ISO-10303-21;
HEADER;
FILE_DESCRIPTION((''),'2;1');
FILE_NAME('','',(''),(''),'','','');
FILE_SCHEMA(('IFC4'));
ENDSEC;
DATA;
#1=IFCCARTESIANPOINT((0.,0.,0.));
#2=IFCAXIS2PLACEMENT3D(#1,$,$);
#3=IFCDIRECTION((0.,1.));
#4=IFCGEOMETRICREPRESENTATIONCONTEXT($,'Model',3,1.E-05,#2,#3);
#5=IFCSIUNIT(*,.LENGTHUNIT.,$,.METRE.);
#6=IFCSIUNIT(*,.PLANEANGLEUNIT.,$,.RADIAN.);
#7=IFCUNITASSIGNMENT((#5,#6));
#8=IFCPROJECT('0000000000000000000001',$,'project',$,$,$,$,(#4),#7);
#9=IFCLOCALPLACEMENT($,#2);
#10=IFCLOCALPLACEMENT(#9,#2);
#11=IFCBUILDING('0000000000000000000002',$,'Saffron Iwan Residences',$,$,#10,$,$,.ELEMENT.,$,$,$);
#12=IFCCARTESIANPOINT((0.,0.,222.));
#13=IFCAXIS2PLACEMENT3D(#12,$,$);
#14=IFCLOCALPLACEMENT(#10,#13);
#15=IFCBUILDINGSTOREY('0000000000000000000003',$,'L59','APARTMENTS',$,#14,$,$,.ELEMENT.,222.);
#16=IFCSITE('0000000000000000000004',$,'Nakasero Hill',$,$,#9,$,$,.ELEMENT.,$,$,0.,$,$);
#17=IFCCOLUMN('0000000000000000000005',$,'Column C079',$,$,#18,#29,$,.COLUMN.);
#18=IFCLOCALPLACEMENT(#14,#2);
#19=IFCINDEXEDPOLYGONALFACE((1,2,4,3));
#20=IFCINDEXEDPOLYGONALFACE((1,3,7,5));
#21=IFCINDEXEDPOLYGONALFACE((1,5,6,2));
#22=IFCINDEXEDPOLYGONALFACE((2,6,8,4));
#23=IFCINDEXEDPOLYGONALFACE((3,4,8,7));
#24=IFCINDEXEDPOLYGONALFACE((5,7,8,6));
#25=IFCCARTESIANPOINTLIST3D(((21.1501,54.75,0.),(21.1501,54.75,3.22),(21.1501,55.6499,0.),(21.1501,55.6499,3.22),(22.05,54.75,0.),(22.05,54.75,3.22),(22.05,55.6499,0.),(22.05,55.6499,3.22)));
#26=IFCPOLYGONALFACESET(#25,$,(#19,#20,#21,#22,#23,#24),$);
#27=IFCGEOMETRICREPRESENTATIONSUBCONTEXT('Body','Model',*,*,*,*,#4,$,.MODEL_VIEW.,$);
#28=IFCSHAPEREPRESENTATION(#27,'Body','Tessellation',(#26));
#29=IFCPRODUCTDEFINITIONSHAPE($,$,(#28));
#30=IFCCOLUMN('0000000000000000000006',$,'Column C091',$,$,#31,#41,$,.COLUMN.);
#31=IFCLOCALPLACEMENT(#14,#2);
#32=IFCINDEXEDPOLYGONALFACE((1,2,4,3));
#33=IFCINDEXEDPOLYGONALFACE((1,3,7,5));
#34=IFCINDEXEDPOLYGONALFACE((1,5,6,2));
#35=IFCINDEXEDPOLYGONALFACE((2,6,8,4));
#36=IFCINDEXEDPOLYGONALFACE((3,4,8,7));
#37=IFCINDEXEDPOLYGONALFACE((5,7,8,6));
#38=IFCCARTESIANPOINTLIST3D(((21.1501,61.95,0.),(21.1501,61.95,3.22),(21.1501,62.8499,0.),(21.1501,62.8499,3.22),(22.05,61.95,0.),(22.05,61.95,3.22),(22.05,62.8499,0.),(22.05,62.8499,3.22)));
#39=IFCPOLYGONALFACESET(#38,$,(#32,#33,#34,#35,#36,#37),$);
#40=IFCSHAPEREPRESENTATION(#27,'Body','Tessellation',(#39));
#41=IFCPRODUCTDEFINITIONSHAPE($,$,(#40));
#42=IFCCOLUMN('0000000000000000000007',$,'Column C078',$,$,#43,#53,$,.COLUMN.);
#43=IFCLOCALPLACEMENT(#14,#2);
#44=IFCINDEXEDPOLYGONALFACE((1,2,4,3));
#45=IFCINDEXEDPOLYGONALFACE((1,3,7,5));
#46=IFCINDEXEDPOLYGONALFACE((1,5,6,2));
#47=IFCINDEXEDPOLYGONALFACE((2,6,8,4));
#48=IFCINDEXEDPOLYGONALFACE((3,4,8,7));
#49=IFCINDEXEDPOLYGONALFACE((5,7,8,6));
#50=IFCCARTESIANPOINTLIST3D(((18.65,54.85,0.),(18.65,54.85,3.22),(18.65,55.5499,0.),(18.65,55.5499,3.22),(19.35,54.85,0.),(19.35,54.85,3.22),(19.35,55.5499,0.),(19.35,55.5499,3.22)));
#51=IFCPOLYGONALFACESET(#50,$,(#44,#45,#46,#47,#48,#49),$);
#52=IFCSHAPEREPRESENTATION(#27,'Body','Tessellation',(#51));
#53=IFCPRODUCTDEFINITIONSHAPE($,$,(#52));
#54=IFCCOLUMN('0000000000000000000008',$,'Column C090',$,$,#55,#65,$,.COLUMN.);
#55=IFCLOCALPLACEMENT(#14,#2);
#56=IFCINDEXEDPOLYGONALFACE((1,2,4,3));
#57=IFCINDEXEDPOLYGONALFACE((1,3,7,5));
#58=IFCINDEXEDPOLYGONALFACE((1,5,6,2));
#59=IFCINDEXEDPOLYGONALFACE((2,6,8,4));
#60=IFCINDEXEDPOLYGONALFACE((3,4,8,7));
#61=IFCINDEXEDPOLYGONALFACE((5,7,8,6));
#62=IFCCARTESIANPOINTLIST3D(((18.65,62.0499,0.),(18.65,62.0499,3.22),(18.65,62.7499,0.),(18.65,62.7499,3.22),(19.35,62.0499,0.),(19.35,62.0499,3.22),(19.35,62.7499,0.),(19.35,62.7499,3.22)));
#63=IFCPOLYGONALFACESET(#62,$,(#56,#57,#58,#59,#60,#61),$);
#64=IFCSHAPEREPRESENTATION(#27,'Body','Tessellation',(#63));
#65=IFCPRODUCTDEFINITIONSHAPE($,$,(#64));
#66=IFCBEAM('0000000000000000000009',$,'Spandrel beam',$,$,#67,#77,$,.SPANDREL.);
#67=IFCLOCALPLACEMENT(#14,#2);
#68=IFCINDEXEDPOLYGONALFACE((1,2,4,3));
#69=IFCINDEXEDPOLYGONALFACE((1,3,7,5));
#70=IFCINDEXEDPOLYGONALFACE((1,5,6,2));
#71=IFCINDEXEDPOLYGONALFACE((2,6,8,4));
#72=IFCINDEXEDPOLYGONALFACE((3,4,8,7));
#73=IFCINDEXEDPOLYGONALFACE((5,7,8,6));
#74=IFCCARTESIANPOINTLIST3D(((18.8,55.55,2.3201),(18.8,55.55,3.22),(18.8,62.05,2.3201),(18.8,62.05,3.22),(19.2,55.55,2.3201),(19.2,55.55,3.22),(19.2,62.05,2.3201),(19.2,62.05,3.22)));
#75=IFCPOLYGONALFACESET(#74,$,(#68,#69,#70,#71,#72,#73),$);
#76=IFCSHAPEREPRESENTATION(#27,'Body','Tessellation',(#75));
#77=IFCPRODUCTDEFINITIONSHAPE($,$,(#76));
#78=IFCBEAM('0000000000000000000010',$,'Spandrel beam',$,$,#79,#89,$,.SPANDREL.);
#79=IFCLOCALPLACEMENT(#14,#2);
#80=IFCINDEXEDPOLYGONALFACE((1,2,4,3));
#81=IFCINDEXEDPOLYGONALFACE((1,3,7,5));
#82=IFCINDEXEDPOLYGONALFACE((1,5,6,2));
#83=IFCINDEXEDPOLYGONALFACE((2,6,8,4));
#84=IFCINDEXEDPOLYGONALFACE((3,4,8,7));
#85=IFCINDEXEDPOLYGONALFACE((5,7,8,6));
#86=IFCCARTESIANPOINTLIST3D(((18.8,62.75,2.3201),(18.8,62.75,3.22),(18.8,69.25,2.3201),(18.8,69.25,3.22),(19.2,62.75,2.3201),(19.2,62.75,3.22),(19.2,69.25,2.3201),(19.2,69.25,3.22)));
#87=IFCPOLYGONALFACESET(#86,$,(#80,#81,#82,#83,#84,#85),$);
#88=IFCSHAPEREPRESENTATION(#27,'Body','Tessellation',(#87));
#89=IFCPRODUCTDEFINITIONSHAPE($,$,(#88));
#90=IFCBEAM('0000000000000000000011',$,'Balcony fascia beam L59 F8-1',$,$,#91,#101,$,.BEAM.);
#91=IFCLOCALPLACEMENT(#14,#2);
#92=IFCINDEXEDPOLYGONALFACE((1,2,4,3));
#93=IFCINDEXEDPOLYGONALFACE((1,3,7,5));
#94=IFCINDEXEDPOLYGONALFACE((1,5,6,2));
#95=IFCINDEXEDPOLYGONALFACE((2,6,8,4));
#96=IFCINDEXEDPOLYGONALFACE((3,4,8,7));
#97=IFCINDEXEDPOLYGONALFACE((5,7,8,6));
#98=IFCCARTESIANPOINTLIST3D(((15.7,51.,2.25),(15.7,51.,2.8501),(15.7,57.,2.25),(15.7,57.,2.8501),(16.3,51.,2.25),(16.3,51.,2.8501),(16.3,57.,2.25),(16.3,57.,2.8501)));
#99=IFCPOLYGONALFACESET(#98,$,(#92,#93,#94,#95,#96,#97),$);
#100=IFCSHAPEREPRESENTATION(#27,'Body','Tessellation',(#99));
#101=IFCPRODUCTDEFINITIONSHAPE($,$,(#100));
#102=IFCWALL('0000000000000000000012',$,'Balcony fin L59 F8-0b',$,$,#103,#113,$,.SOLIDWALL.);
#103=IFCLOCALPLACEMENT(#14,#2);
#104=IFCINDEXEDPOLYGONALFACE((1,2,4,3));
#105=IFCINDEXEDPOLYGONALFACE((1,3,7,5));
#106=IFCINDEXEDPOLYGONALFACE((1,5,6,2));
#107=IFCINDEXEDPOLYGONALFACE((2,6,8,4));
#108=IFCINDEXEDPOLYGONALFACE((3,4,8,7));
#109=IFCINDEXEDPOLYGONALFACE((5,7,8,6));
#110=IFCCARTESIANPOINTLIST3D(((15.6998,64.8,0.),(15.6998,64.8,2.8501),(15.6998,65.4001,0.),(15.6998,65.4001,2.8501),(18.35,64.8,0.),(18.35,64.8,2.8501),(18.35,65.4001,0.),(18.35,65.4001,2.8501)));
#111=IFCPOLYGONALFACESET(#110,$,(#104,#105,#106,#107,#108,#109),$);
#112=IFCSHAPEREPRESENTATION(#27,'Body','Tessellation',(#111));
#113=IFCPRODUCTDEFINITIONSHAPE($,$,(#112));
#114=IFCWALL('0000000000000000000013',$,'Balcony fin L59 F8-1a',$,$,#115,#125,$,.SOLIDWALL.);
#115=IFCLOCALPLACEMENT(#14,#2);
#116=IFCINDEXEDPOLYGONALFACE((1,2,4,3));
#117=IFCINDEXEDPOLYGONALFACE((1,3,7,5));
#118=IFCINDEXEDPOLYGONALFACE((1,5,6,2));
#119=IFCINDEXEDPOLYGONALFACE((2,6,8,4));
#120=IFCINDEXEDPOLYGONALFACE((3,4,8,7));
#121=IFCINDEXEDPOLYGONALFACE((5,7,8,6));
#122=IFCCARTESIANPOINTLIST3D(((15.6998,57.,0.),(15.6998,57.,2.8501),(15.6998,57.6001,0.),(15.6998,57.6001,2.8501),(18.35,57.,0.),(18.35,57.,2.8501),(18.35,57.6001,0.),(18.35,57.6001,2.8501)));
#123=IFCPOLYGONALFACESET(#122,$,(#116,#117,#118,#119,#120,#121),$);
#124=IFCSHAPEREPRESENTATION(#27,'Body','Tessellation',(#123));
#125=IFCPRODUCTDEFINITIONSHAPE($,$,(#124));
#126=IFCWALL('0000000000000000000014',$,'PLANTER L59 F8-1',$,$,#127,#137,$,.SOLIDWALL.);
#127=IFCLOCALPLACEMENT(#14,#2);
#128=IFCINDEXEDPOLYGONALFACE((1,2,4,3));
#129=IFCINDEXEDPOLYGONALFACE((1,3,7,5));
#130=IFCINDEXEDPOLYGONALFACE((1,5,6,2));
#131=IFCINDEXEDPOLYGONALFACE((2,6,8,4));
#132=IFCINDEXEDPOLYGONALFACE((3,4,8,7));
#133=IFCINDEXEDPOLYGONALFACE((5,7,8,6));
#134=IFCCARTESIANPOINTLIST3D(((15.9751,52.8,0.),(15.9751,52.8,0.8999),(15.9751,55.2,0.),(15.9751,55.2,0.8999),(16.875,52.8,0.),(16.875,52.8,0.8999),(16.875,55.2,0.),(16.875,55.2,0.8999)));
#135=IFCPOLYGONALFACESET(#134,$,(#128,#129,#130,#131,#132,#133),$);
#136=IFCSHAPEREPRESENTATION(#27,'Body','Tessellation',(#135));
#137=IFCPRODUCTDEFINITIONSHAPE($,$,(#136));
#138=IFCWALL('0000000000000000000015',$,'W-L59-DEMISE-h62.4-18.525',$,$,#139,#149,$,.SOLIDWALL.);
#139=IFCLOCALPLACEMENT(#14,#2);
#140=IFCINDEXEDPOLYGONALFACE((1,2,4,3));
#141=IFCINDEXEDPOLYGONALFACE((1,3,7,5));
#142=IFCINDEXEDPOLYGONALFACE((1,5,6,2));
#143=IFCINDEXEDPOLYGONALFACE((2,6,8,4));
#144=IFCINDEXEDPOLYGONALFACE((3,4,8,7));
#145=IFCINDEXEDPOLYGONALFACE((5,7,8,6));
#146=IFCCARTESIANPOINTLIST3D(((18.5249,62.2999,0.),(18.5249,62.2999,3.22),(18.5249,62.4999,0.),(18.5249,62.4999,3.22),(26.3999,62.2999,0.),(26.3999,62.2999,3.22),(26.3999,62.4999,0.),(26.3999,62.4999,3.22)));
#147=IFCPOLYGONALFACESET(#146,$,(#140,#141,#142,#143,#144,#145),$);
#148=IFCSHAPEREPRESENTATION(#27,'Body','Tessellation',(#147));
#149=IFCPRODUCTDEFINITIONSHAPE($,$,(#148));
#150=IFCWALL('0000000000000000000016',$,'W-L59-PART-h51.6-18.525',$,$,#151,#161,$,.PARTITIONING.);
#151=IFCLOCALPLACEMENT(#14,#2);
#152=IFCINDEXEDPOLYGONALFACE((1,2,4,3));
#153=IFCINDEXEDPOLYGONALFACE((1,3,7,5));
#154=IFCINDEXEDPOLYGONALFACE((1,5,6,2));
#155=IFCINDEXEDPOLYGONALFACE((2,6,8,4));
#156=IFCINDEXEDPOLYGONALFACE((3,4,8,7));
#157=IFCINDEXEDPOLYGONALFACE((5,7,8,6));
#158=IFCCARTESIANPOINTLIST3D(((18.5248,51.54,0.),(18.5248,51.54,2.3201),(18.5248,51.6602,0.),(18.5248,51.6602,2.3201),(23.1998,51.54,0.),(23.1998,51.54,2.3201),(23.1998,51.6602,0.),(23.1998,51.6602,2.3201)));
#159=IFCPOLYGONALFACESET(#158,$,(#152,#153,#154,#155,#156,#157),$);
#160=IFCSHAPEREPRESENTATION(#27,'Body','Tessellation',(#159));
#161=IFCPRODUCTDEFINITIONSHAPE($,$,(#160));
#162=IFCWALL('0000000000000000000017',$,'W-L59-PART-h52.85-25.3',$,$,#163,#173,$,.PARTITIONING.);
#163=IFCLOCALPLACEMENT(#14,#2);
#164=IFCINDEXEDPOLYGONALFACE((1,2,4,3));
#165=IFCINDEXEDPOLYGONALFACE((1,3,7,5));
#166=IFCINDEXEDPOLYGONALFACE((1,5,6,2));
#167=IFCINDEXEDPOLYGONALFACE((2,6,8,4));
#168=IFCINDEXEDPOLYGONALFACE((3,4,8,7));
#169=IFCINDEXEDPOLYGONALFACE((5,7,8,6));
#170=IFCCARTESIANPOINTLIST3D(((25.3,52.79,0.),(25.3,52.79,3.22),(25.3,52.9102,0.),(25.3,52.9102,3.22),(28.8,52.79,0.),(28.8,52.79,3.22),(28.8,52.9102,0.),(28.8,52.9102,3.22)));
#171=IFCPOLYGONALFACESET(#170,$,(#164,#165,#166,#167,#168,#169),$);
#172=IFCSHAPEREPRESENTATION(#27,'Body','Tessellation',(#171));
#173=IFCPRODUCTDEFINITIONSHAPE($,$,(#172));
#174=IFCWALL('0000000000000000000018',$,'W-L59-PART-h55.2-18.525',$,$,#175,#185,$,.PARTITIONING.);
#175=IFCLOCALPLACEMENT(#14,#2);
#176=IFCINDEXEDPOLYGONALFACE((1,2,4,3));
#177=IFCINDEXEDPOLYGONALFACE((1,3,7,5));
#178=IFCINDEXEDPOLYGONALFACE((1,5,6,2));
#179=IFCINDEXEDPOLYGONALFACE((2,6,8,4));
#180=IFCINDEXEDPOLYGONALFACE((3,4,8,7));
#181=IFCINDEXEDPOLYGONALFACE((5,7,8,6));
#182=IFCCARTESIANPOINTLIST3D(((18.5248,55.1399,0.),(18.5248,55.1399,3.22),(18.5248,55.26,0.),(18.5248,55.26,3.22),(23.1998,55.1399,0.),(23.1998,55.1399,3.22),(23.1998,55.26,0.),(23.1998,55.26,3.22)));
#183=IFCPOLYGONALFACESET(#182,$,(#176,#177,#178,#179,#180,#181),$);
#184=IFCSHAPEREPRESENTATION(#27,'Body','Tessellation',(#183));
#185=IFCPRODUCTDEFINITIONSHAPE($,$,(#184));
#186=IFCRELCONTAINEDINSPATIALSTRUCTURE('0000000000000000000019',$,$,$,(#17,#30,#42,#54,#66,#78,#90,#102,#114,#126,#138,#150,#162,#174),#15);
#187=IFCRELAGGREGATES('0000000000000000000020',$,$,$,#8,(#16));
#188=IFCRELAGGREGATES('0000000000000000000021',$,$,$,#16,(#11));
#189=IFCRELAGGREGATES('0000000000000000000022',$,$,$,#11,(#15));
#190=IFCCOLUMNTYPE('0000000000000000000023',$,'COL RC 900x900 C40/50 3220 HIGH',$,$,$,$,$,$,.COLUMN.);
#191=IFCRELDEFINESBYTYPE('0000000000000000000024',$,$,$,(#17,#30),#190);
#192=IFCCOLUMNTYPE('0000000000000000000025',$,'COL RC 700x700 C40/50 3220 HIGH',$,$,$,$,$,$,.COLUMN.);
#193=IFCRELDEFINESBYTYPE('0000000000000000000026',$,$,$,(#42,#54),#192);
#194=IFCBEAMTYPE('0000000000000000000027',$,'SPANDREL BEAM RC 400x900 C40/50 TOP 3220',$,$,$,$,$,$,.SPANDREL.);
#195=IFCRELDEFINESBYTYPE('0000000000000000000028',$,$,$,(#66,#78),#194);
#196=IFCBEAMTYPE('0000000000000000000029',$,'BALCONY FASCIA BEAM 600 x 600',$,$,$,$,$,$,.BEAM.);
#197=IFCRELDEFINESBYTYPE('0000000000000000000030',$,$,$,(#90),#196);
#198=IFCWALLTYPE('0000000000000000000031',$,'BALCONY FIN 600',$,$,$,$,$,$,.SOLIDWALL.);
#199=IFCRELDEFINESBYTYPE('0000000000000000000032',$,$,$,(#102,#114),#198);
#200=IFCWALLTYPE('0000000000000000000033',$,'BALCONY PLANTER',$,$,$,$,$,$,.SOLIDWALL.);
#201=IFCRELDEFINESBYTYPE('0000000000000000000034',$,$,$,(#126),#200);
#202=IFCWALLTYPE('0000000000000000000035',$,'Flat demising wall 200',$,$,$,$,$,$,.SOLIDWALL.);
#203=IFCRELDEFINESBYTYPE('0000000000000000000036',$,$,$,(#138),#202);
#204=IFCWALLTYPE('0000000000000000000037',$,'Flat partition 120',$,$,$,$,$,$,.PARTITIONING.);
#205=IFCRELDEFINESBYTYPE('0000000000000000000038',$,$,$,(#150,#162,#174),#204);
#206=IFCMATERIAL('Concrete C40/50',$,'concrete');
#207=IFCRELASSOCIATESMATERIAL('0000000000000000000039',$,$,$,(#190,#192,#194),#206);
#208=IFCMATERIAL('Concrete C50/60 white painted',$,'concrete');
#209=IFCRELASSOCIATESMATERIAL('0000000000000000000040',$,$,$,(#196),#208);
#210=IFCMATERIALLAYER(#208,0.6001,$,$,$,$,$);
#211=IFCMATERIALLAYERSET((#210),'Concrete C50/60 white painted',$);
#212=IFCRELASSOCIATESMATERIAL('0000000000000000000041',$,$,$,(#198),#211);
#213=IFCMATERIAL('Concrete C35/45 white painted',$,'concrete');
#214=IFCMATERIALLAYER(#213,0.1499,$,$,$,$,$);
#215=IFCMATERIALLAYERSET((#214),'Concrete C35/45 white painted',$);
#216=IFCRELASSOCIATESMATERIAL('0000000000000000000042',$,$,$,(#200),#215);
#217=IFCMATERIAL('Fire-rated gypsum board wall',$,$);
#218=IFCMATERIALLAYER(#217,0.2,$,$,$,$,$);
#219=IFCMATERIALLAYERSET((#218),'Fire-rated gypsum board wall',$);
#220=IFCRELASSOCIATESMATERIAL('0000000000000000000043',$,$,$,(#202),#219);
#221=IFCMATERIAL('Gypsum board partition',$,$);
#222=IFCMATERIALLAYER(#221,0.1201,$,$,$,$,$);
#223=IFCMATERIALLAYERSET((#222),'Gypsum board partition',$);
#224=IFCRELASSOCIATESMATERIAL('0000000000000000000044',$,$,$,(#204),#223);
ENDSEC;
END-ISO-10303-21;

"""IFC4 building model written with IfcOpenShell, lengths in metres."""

from ifc_helpers import new_model, si_unit, direction, frame, frame_2d, origin, origin_2d, place, context, subcontext, project, spatial, rectangle, extrude, source, transform, mapped, material, layer, layer_set, material_profile, profile_set, type_object, element, save


model = new_model("IFC4")

# Units and contexts
model_context = context("Model", 3, precision=1e-05, world=origin(), true_north=direction((0.0, 1.0)))
body_context = subcontext(model_context, "Body", "Model", "MODEL_VIEW")
ifc_project = project(units=[si_unit("LENGTHUNIT", "METRE"), si_unit("PLANEANGLEUNIT", "RADIAN")], contexts=[model_context])

# Site, building, storey
site_placement = place(None, origin())
site = spatial("IfcSite", under=ifc_project, at=site_placement, Name="Nakasero Hill", CompositionType="ELEMENT", RefElevation=0.0)
building_placement = place(site_placement, origin())
building = spatial("IfcBuilding", under=site, at=building_placement, Name="Saffron Iwan Residences", CompositionType="ELEMENT")
storey_placement = place(building_placement, frame((0.0, 0.0, 222.0)))
storey = spatial("IfcBuildingStorey", under=building, at=storey_placement, Name="L59", Description="APARTMENTS", CompositionType="ELEMENT", Elevation=222.0)

# Columns
ifc_material_1 = material(Name="Concrete C40/50", Category="concrete")
ifc_material_profile_1 = material_profile(ifc_material_1, rectangle(XDim=0.8999, YDim=0.8999, at=origin_2d()), Name="RC 900x900")
ifc_profile_set_1 = profile_set([ifc_material_profile_1], Name="Concrete C40/50")
column_type_1 = type_object("IfcColumnType", Name="COL RC 900x900 C40/50 3220 HIGH", PredefinedType="COLUMN", material=ifc_profile_set_1)
shared_shape_1 = source(origin(), body_context, "Body", "SweptSolid", [
    extrude(rectangle(XDim=0.8999, YDim=0.8999, at=origin_2d()), origin(), (0.0, 0.0, 1.0), 3.22),
])
for number, where, z_axis, x_axis, name in (
    (1, (21.6001, 55.2, 0.0), (0.0, 0.0, 1.0), (1.0, 0.0, 0.0), "Column C079"),
    (2, (21.6001, 62.3999, 0.0), (0.0, 0.0, 1.0), (1.0, 0.0, 0.0), "Column C091"),
):
    element("IfcColumn", number, at=place(storey_placement, frame(where, z_axis=z_axis, x_axis=x_axis)), inside=storey, type_object=column_type_1, Name=name, PredefinedType="COLUMN", context=body_context, shape_type="MappedRepresentation", body=[
        mapped(shared_shape_1, transform((0.0, 0.0, 0.0))),
    ])
ifc_material_profile_2 = material_profile(ifc_material_1, rectangle(XDim=0.7, YDim=0.7, at=origin_2d()), Name="RC 700x700")
ifc_profile_set_2 = profile_set([ifc_material_profile_2], Name="Concrete C40/50")
column_type_2 = type_object("IfcColumnType", Name="COL RC 700x700 C40/50 3220 HIGH", PredefinedType="COLUMN", material=ifc_profile_set_2)
shared_shape_2 = source(origin(), body_context, "Body", "SweptSolid", [
    extrude(rectangle(XDim=0.7, YDim=0.7, at=origin_2d()), origin(), (0.0, 0.0, 1.0), 3.22),
])
for number, where, z_axis, x_axis, name in (
    (3, (19.0, 55.2, 0.0), (0.0, 0.0, 1.0), (1.0, 0.0, 0.0), "Column C078"),
    (4, (19.0, 62.3999, 0.0), (0.0, 0.0, 1.0), (1.0, 0.0, 0.0), "Column C090"),
):
    element("IfcColumn", number, at=place(storey_placement, frame(where, z_axis=z_axis, x_axis=x_axis)), inside=storey, type_object=column_type_2, Name=name, PredefinedType="COLUMN", context=body_context, shape_type="MappedRepresentation", body=[
        mapped(shared_shape_2, transform((0.0, 0.0, 0.0))),
    ])

# Beams
ifc_material_profile_3 = material_profile(ifc_material_1, rectangle(XDim=0.3999, YDim=0.8999, at=origin_2d()), Name="RC 400x900")
ifc_profile_set_3 = profile_set([ifc_material_profile_3], Name="Concrete C40/50")
beam_type_1 = type_object("IfcBeamType", Name="SPANDREL BEAM RC 400x900 C40/50 TOP 3220", PredefinedType="SPANDREL", material=ifc_profile_set_3)
shared_shape_3 = source(origin(), body_context, "Body", "SweptSolid", [
    extrude(rectangle(XDim=0.3999, YDim=0.8999, at=origin_2d()), origin(), (0.0, 0.0, 1.0), 6.5),
])
for number, where, z_axis, x_axis, name in (
    (5, (19.0, 55.55, 2.77), (0.0, 1.0, 0.0), (-1.0, 0.0, 0.0), "Spandrel beam"),
    (6, (19.0, 62.75, 2.77), (0.0, 1.0, 0.0), (-1.0, 0.0, 0.0), "Spandrel beam"),
):
    element("IfcBeam", number, at=place(storey_placement, frame(where, z_axis=z_axis, x_axis=x_axis)), inside=storey, type_object=beam_type_1, Name=name, PredefinedType="SPANDREL", context=body_context, shape_type="MappedRepresentation", body=[
        mapped(shared_shape_3, transform((0.0, 0.0, 0.0))),
    ])
ifc_material_2 = material(Name="Concrete C50/60 white painted", Category="concrete")
ifc_material_profile_4 = material_profile(ifc_material_2, rectangle(XDim=0.6001, YDim=0.6001, at=origin_2d()), Name="BALCONY FASCIA BEAM 600 x 600")
ifc_profile_set_4 = profile_set([ifc_material_profile_4], Name="Concrete C50/60 white painted")
beam_type_2 = type_object("IfcBeamType", Name="BALCONY FASCIA BEAM 600 x 600", PredefinedType="BEAM", material=ifc_profile_set_4)
shared_shape_4 = source(origin(), body_context, "Body", "SweptSolid", [
    extrude(rectangle(XDim=0.6001, YDim=0.6001, at=origin_2d()), origin(), (0.0, 0.0, 1.0), 6.0),
])
beam_placement = place(storey_placement, frame((16.0, 57.0, 2.55), z_axis=(0.0, -1.0, 0.0), x_axis=(1.0, 0.0, 0.0)))
element("IfcBeam", 7, at=beam_placement, inside=storey, type_object=beam_type_2, Name="Balcony fascia beam L59 F8-1", PredefinedType="BEAM", context=body_context, shape_type="MappedRepresentation", body=[
    mapped(shared_shape_4, transform((0.0, 0.0, 0.0))),
])

# Walls
ifc_layer_1 = layer(ifc_material_2, 0.6001)
ifc_layer_set_1 = layer_set([ifc_layer_1], Name="Concrete C50/60 white painted")
wall_type_1 = type_object("IfcWallType", Name="BALCONY FIN 600", PredefinedType="SOLIDWALL", material=ifc_layer_set_1)
for number, where, z_axis, x_axis, name in (
    (8, (18.3501, 65.1001, 0.0), (0.0, 0.0, 1.0), (-1.0, 0.0, 0.0), "Balcony fin L59 F8-0b"),
    (9, (18.3501, 57.3, 0.0), (0.0, 0.0, 1.0), (-1.0, 0.0, 0.0), "Balcony fin L59 F8-1a"),
):
    element("IfcWall", number, at=place(storey_placement, frame(where, z_axis=z_axis, x_axis=x_axis)), inside=storey, type_object=wall_type_1, Name=name, PredefinedType="SOLIDWALL", context=body_context, shape_type="SweptSolid", body=[
        extrude(rectangle(XDim=2.6501, YDim=0.6001, at=frame_2d((1.3252, 0.0))), origin(), (0.0, 0.0, 1.0), 2.8501),
    ])
ifc_material_3 = material(Name="Concrete C35/45 white painted", Category="concrete")
ifc_layer_2 = layer(ifc_material_3, 0.1499)
ifc_layer_set_2 = layer_set([ifc_layer_2], Name="Concrete C35/45 white painted")
wall_type_2 = type_object("IfcWallType", Name="BALCONY PLANTER", PredefinedType="SOLIDWALL", material=ifc_layer_set_2)
wall_1_placement = place(storey_placement, frame((16.425, 55.2, 0.0), z_axis=(0.0, 0.0, 1.0), x_axis=(0.0, -1.0, 0.0)))
element("IfcWall", 10, at=wall_1_placement, inside=storey, type_object=wall_type_2, Name="PLANTER L59 F8-1", PredefinedType="SOLIDWALL", context=body_context, shape_type="SweptSolid", body=[
    extrude(rectangle(XDim=2.3999, YDim=0.8999, at=frame_2d((1.2, 0.0))), origin(), (0.0, 0.0, 1.0), 0.8999),
])
ifc_material_4 = material(Name="Fire-rated gypsum board wall")
ifc_layer_3 = layer(ifc_material_4, 0.2)
ifc_layer_set_3 = layer_set([ifc_layer_3], Name="Fire-rated gypsum board wall")
wall_type_3 = type_object("IfcWallType", Name="Flat demising wall 200", PredefinedType="SOLIDWALL", material=ifc_layer_set_3)
wall_2_placement = place(storey_placement, frame((18.5249, 62.3999, 0.0), z_axis=(0.0, 0.0, 1.0), x_axis=(1.0, 0.0, 0.0)))
element("IfcWall", 11, at=wall_2_placement, inside=storey, type_object=wall_type_3, Name="W-L59-DEMISE-h62.4-18.525", PredefinedType="SOLIDWALL", context=body_context, shape_type="SweptSolid", body=[
    extrude(rectangle(XDim=7.875, YDim=0.2, at=frame_2d((3.9375, 0.0))), origin(), (0.0, 0.0, 1.0), 3.22),
])
ifc_material_5 = material(Name="Gypsum board partition")
ifc_layer_4 = layer(ifc_material_5, 0.1201)
ifc_layer_set_4 = layer_set([ifc_layer_4], Name="Gypsum board partition")
wall_type_4 = type_object("IfcWallType", Name="Flat partition 120", PredefinedType="PARTITIONING", material=ifc_layer_set_4)
wall_3_placement = place(storey_placement, frame((18.5249, 51.6001, 0.0), z_axis=(0.0, 0.0, 1.0), x_axis=(1.0, 0.0, 0.0)))
element("IfcWall", 12, at=wall_3_placement, inside=storey, type_object=wall_type_4, Name="W-L59-PART-h51.6-18.525", PredefinedType="PARTITIONING", context=body_context, shape_type="SweptSolid", body=[
    extrude(rectangle(XDim=4.675, YDim=0.1201, at=frame_2d((2.3374, 0.0))), origin(), (0.0, 0.0, 1.0), 2.3201),
])
wall_4_placement = place(storey_placement, frame((25.3, 52.8501, 0.0), z_axis=(0.0, 0.0, 1.0), x_axis=(1.0, 0.0, 0.0)))
element("IfcWall", 13, at=wall_4_placement, inside=storey, type_object=wall_type_4, Name="W-L59-PART-h52.85-25.3", PredefinedType="PARTITIONING", context=body_context, shape_type="SweptSolid", body=[
    extrude(rectangle(XDim=3.5, YDim=0.1201, at=frame_2d((1.75, 0.0))), origin(), (0.0, 0.0, 1.0), 3.22),
])
wall_5_placement = place(storey_placement, frame((18.5249, 55.2, 0.0), z_axis=(0.0, 0.0, 1.0), x_axis=(1.0, 0.0, 0.0)))
element("IfcWall", 14, at=wall_5_placement, inside=storey, type_object=wall_type_4, Name="W-L59-PART-h55.2-18.525", PredefinedType="PARTITIONING", context=body_context, shape_type="SweptSolid", body=[
    extrude(rectangle(XDim=4.675, YDim=0.1201, at=frame_2d((2.3374, 0.0))), origin(), (0.0, 0.0, 1.0), 3.22),
])

save(model, "model.ifc")
